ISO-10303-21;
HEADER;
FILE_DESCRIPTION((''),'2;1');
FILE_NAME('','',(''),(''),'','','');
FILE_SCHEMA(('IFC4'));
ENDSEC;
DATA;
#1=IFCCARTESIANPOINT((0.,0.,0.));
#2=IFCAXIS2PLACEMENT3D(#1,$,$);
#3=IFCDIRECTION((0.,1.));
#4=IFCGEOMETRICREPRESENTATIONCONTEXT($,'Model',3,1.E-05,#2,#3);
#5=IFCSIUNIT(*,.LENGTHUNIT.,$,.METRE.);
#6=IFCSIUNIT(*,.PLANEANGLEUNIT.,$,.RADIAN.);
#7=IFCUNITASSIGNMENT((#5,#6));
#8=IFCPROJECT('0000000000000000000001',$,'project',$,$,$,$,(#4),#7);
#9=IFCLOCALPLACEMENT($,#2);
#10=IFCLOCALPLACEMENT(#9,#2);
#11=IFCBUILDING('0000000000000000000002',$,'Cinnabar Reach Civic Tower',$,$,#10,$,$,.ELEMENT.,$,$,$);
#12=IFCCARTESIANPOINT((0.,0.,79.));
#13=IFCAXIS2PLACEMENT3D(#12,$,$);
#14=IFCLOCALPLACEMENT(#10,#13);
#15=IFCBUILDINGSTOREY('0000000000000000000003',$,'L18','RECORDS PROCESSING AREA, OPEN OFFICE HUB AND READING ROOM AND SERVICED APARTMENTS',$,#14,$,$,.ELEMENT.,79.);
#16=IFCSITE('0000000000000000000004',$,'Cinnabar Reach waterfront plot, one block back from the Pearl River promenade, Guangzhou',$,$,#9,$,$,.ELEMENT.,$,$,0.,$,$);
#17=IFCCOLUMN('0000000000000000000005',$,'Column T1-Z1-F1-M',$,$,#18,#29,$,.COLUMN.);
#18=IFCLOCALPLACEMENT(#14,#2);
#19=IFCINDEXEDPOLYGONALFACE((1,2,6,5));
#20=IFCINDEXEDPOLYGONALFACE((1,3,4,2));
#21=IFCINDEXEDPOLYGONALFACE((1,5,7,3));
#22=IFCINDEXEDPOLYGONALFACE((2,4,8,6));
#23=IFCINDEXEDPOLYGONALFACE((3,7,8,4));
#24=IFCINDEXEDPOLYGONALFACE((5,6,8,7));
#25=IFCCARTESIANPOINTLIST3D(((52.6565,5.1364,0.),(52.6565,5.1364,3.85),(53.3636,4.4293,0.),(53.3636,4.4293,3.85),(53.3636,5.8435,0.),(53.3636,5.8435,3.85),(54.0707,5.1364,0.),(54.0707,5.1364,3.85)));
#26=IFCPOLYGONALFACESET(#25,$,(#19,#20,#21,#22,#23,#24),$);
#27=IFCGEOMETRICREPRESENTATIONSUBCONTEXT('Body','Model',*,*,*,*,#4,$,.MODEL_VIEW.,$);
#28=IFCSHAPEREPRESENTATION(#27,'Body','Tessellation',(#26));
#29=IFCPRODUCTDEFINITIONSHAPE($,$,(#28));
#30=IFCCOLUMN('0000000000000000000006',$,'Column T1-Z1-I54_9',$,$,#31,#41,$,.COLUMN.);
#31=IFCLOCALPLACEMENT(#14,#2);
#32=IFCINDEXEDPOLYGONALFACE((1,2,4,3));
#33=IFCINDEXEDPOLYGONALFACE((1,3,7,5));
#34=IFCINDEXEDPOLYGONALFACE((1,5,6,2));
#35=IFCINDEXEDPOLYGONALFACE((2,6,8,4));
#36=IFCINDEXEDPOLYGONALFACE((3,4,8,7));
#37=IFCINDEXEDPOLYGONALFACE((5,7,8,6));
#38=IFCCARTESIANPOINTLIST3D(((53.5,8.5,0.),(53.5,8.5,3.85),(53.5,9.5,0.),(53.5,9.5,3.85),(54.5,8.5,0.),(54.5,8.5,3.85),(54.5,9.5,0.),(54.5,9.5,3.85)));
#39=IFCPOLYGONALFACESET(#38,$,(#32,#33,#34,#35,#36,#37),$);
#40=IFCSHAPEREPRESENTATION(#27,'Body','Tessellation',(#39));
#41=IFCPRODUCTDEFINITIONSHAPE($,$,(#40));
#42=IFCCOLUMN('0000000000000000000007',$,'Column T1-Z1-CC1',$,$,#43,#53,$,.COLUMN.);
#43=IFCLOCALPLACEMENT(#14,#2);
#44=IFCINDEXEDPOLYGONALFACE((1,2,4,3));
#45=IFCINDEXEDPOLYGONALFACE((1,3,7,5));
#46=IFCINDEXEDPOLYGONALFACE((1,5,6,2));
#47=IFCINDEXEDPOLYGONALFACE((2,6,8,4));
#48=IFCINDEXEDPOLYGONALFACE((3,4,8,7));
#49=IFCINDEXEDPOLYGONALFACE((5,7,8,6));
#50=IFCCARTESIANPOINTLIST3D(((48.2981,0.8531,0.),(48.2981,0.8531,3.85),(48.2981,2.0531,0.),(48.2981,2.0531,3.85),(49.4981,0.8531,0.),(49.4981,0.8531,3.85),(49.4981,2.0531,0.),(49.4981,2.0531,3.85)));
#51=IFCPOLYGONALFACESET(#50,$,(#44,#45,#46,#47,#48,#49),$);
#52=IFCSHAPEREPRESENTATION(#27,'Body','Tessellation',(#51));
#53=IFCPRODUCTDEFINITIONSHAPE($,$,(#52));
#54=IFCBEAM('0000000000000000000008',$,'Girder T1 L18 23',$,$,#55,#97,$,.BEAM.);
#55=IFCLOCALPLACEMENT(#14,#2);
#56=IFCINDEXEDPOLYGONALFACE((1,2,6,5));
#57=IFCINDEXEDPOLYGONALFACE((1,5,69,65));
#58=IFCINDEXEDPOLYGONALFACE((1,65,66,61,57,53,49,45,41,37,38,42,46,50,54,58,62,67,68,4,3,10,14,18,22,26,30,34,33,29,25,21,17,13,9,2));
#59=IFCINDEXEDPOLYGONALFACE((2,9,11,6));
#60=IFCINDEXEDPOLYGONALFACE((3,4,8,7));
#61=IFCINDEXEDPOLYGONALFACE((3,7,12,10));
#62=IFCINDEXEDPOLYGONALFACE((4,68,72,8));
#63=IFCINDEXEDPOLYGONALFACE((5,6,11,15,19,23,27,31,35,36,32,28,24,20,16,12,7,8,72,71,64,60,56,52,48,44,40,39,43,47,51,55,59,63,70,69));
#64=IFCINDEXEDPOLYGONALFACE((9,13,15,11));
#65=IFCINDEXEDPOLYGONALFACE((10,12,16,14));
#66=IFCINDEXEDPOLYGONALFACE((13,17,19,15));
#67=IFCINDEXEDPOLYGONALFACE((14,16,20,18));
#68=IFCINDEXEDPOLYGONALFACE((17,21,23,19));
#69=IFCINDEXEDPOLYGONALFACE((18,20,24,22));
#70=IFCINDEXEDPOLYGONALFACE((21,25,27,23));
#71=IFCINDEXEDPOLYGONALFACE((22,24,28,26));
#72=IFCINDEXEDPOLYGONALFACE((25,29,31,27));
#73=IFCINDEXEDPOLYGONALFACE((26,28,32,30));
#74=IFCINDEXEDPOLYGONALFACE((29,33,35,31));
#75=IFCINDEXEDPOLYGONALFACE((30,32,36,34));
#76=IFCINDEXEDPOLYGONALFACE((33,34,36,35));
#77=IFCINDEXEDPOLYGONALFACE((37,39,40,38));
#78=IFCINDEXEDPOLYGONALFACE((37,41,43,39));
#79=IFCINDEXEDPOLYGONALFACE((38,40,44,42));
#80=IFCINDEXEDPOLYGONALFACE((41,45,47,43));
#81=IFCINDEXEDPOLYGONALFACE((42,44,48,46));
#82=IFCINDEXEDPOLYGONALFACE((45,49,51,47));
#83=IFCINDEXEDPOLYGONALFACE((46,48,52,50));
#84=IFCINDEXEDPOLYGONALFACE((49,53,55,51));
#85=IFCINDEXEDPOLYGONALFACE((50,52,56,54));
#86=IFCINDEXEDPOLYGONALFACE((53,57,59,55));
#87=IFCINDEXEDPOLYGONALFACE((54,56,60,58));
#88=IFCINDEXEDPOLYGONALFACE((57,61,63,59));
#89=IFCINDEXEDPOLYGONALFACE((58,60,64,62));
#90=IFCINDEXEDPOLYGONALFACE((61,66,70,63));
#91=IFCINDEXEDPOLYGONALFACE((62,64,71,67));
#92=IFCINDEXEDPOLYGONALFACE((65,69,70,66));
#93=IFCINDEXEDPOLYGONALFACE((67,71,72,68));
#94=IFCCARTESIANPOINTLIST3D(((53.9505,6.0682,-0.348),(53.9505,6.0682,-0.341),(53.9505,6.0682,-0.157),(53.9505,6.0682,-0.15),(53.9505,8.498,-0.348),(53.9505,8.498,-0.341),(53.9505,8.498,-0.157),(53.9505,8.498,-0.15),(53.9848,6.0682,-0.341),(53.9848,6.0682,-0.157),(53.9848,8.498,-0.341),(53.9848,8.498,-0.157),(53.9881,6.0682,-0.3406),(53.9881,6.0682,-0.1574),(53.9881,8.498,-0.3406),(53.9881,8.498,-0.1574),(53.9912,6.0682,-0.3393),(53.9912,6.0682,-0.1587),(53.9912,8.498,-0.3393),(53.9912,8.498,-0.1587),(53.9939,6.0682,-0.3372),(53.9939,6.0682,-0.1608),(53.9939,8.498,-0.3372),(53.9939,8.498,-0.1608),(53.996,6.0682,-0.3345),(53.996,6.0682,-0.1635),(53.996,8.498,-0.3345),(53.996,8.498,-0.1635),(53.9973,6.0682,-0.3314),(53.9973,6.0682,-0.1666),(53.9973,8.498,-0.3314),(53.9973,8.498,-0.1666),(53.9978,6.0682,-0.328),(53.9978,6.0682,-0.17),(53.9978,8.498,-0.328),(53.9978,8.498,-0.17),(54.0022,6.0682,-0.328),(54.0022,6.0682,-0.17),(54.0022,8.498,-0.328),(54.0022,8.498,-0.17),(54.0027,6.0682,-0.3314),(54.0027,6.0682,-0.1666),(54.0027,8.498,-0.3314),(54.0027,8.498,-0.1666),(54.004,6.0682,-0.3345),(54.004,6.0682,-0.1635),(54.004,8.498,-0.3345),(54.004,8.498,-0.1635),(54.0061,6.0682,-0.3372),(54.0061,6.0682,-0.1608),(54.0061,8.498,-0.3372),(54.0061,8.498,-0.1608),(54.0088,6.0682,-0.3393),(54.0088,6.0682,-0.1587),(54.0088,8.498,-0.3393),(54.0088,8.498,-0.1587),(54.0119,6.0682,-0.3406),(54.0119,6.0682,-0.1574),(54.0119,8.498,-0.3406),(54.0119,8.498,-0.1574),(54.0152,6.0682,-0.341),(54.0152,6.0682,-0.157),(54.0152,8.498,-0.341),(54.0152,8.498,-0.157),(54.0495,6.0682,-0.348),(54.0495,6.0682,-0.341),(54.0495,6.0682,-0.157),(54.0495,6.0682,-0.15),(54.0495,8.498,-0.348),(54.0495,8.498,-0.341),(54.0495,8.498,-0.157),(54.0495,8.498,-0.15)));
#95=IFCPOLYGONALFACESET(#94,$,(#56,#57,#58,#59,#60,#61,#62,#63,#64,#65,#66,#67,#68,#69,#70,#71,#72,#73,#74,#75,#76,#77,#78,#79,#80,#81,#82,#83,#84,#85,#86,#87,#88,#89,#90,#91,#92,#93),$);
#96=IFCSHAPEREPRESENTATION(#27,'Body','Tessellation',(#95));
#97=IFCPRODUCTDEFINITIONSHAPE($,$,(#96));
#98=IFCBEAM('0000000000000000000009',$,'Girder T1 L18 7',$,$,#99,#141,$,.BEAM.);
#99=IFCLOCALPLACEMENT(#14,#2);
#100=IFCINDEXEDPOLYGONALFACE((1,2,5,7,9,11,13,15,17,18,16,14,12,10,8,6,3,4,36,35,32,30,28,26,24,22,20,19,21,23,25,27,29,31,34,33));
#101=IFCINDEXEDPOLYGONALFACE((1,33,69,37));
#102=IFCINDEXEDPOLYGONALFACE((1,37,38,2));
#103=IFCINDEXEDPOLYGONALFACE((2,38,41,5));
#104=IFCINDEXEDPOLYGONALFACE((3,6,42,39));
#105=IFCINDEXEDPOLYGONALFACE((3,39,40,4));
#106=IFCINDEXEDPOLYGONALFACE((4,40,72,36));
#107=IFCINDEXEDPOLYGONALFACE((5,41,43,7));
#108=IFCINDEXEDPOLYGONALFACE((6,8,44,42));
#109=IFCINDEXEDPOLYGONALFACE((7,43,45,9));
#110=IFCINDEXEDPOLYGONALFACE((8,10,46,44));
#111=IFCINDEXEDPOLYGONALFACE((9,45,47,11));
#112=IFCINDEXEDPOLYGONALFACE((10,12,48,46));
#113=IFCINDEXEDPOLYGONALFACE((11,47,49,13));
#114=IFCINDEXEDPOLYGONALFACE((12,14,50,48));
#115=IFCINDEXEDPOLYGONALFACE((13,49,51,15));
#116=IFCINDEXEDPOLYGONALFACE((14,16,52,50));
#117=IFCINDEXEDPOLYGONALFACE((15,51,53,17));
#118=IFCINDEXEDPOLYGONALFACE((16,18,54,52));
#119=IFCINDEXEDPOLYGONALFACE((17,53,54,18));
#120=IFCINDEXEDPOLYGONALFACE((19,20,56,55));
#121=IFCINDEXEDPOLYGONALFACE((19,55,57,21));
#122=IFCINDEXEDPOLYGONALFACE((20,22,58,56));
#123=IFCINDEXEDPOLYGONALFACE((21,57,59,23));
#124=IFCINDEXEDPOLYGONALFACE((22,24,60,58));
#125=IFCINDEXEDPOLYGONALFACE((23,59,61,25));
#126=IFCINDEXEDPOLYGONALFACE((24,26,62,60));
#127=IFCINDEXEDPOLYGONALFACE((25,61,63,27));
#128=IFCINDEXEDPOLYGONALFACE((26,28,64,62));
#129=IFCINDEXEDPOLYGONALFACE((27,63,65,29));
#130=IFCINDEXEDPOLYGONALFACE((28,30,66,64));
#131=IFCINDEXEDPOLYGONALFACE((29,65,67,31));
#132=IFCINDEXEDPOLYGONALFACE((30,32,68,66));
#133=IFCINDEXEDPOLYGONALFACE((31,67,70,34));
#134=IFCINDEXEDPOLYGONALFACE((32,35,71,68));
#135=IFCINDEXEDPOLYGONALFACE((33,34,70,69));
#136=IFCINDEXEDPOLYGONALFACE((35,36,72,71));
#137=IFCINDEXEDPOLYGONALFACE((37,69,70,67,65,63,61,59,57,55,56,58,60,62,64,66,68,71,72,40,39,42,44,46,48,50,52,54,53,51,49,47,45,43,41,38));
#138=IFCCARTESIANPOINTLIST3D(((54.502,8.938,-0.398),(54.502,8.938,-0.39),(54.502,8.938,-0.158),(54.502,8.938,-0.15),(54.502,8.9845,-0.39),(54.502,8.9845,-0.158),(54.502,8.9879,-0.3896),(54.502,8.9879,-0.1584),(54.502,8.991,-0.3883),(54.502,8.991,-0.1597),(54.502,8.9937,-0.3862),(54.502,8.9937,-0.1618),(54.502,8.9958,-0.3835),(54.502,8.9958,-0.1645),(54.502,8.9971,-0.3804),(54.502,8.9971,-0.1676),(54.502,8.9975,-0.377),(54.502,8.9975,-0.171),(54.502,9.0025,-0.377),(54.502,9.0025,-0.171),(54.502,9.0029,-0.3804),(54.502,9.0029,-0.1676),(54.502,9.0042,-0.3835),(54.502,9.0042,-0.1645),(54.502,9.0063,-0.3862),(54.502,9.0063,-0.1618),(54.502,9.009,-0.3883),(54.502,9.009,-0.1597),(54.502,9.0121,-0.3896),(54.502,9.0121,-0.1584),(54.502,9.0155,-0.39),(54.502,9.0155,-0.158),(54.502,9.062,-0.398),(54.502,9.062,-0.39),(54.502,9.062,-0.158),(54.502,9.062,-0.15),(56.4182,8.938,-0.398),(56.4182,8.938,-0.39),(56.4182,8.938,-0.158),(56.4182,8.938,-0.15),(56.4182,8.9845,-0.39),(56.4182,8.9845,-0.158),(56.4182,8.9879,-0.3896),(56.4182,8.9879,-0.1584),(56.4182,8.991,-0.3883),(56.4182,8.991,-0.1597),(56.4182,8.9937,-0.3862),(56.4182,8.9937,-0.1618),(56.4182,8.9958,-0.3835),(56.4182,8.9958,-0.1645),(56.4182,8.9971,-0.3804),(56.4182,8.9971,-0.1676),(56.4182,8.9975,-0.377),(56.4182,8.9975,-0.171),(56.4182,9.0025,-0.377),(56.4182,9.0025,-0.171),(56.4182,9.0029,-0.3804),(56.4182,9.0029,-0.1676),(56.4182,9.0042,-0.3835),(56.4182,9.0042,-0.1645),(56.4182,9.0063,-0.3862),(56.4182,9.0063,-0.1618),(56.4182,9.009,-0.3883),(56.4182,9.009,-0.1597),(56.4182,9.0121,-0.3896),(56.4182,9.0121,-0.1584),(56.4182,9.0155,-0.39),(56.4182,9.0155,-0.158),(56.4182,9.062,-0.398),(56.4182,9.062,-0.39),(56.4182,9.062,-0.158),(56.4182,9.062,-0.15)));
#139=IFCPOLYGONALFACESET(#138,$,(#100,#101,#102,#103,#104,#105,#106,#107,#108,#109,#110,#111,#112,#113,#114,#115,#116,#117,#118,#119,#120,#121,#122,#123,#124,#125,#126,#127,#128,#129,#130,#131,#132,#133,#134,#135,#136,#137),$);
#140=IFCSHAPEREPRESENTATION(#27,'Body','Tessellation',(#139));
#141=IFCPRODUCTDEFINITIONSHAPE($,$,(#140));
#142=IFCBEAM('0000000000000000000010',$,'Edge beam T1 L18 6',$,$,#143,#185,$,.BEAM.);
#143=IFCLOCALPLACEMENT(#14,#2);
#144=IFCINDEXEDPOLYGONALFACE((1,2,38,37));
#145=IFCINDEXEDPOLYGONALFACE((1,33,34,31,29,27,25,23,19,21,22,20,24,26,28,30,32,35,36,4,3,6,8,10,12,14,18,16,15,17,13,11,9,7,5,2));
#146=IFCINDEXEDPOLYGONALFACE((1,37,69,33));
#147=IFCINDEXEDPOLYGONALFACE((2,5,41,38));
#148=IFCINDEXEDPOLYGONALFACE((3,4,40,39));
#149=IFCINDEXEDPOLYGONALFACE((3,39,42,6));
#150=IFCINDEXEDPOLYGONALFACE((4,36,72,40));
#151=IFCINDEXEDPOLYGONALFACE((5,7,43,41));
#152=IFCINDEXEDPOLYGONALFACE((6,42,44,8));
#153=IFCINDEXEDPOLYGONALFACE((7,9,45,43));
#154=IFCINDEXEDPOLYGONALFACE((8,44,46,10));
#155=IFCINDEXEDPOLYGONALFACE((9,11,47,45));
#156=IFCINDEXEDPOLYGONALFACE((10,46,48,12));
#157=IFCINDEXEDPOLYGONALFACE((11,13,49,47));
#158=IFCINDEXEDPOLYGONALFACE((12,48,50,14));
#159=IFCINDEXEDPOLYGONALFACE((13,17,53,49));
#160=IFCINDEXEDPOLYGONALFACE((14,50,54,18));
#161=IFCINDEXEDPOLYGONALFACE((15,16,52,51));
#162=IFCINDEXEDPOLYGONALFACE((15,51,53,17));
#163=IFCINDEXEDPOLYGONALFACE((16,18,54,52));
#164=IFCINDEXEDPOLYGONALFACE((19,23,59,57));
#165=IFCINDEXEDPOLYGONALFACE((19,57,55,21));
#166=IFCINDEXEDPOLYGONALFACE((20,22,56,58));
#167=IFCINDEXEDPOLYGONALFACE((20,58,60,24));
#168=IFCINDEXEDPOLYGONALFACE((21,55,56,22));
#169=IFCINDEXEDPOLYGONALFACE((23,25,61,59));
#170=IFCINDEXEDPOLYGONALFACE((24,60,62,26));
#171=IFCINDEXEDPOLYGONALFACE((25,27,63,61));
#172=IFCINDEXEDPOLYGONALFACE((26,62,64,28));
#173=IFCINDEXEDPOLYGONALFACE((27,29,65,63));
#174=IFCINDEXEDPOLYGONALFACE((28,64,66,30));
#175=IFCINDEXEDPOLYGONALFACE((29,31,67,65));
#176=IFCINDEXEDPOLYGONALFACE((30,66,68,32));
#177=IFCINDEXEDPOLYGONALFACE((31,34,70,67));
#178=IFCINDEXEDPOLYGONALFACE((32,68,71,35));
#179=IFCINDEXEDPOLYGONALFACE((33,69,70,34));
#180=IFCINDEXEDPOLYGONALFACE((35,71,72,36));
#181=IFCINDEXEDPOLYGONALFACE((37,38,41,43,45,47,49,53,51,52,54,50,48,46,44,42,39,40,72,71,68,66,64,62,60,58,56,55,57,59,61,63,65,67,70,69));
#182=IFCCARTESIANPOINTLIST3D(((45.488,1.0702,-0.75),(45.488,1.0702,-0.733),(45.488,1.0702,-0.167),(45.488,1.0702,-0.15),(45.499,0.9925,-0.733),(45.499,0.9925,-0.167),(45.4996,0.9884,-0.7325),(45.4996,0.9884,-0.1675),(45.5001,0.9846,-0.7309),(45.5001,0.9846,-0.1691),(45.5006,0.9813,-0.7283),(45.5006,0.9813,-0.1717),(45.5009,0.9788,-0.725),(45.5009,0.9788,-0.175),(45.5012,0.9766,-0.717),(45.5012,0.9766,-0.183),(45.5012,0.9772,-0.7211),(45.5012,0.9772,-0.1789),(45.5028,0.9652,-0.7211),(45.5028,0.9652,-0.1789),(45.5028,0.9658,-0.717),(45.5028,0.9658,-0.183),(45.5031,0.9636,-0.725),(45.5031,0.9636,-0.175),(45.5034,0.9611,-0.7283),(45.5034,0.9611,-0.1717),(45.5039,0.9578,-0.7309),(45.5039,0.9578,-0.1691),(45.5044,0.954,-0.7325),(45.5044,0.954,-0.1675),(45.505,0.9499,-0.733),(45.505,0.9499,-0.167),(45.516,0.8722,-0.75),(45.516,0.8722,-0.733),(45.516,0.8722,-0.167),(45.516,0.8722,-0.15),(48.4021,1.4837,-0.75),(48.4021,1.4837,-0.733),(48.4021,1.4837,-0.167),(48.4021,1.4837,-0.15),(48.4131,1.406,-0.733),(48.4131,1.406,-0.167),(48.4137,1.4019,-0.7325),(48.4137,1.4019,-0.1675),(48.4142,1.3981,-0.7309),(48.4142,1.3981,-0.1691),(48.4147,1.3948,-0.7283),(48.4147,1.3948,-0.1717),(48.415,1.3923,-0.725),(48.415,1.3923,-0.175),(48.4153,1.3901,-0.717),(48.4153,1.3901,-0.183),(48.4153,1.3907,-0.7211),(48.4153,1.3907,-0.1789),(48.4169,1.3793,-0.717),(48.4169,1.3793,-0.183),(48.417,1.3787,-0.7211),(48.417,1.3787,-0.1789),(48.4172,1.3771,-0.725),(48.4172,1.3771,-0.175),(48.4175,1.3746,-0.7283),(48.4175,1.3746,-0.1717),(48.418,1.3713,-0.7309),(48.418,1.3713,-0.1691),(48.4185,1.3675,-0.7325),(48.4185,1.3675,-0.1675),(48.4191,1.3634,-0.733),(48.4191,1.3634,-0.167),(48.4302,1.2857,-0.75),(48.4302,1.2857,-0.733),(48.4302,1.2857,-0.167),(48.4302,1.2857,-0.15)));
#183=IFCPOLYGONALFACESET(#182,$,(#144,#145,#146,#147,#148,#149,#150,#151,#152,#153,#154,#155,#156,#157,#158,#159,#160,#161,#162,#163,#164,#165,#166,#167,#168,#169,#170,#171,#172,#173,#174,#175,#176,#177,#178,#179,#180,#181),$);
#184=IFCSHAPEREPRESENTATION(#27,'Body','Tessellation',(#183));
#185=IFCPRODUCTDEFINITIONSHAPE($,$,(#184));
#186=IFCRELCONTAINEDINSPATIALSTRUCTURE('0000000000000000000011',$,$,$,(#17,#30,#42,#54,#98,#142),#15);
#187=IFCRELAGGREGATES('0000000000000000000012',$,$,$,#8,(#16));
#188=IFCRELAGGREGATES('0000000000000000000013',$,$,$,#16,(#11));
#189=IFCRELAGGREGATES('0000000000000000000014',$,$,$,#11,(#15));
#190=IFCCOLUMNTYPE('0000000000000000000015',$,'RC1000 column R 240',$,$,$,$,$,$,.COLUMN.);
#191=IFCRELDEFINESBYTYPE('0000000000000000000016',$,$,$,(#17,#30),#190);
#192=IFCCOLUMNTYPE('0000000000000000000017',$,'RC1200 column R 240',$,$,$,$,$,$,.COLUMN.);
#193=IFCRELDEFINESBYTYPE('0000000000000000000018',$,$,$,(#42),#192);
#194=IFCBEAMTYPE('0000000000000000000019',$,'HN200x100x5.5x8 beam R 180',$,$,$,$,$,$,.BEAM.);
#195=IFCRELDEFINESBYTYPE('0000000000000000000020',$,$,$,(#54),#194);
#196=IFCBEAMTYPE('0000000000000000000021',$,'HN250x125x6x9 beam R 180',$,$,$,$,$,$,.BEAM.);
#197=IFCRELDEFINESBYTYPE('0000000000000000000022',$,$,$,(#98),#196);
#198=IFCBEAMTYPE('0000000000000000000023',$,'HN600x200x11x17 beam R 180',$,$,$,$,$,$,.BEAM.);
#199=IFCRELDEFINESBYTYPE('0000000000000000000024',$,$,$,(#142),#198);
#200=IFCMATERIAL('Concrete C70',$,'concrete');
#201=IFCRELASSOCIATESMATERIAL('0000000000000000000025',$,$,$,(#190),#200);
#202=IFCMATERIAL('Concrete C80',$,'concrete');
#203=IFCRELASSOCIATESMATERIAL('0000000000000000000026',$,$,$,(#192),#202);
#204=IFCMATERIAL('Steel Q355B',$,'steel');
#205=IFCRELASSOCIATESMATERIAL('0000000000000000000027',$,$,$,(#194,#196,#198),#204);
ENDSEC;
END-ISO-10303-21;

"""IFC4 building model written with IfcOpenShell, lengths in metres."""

from ifc_helpers import new_model, si_unit, direction, frame, origin, origin_2d, place, context, subcontext, project, spatial, rectangle, i_section, extrude, material, material_profile, profile_set, type_object, element, save


model = new_model("IFC4")

# Units and contexts
model_context = context("Model", 3, precision=1e-05, world=origin(), true_north=direction((0.0, 1.0)))
body_context = subcontext(model_context, "Body", "Model", "MODEL_VIEW")
ifc_project = project(units=[si_unit("LENGTHUNIT", "METRE"), si_unit("PLANEANGLEUNIT", "RADIAN")], contexts=[model_context])

# Site, building, storey
site_placement = place(None, origin())
site = spatial("IfcSite", under=ifc_project, at=site_placement, Name="Cinnabar Reach waterfront plot, one block back from the Pearl River promenade, Guangzhou", CompositionType="ELEMENT", RefElevation=0.0)
building_placement = place(site_placement, origin())
building = spatial("IfcBuilding", under=site, at=building_placement, Name="Cinnabar Reach Civic Tower", CompositionType="ELEMENT")
storey_placement = place(building_placement, frame((0.0, 0.0, 79.0)))
storey = spatial("IfcBuildingStorey", under=building, at=storey_placement, Name="L18", Description="RECORDS PROCESSING AREA, OPEN OFFICE HUB AND READING ROOM AND SERVICED APARTMENTS", CompositionType="ELEMENT", Elevation=79.0)

# Columns
ifc_material_1 = material(Name="Concrete C70", Category="concrete")
ifc_material_profile_1 = material_profile(ifc_material_1, rectangle(XDim=1.0, YDim=1.0, at=origin_2d()), Name="RC1000")
ifc_profile_set_1 = profile_set([ifc_material_profile_1], Name="Concrete C70")
column_type_1 = type_object("IfcColumnType", Name="RC1000 column R 240", PredefinedType="COLUMN", material=ifc_profile_set_1)
for number, where, z_axis, x_axis, name in (
    (1, (53.3636, 5.1364, 0.0), (0.0, 0.0, 1.0), (0.707107, 0.707107, 0.0), "Column T1-Z1-F1-M"),
    (2, (54.0, 9.0, 0.0), (0.0, 0.0, 1.0), (1.0, 0.0, 0.0), "Column T1-Z1-I54_9"),
):
    element("IfcColumn", number, at=place(storey_placement, frame(where, z_axis=z_axis, x_axis=x_axis)), inside=storey, type_object=column_type_1, Name=name, PredefinedType="COLUMN", context=body_context, shape_type="SweptSolid", body=[
        extrude(rectangle(XDim=1.0, YDim=1.0, at=origin_2d()), origin(), (0.0, 0.0, 1.0), 3.85),
    ])
ifc_material_2 = material(Name="Concrete C80", Category="concrete")
ifc_material_profile_2 = material_profile(ifc_material_2, rectangle(XDim=1.2, YDim=1.2, at=origin_2d()), Name="RC1200")
ifc_profile_set_2 = profile_set([ifc_material_profile_2], Name="Concrete C80")
column_type_2 = type_object("IfcColumnType", Name="RC1200 column R 240", PredefinedType="COLUMN", material=ifc_profile_set_2)
column_placement = place(storey_placement, frame((48.8981, 1.4531, 0.0), z_axis=(0.0, 0.0, 1.0), x_axis=(1.0, 0.0, 0.0)))
element("IfcColumn", 3, at=column_placement, inside=storey, type_object=column_type_2, Name="Column T1-Z1-CC1", PredefinedType="COLUMN", context=body_context, shape_type="SweptSolid", body=[
    extrude(rectangle(XDim=1.2, YDim=1.2, at=origin_2d()), origin(), (0.0, 0.0, 1.0), 3.85),
])

# Beams
ifc_material_3 = material(Name="Steel Q355B", Category="steel")
ifc_material_profile_3 = material_profile(ifc_material_3, i_section(OverallWidth=0.099, OverallDepth=0.198, WebThickness=0.0045, FlangeThickness=0.007, FilletRadius=0.013, at=origin_2d()), Name="HN200x100x5.5x8")
ifc_profile_set_3 = profile_set([ifc_material_profile_3], Name="Steel Q355B")
beam_type_1 = type_object("IfcBeamType", Name="HN200x100x5.5x8 beam R 180", PredefinedType="BEAM", material=ifc_profile_set_3)
beam_1_placement = place(storey_placement, frame((54.0, 6.0682, -0.249), z_axis=(0.0, 1.0, 0.0), x_axis=(-1.0, 0.0, 0.0)))
element("IfcBeam", 4, at=beam_1_placement, inside=storey, type_object=beam_type_1, Name="Girder T1 L18 23", PredefinedType="BEAM", context=body_context, shape_type="SweptSolid", body=[
    extrude(i_section(OverallWidth=0.099, OverallDepth=0.198, WebThickness=0.0045, FlangeThickness=0.007, FilletRadius=0.013, at=origin_2d()), origin(), (0.0, 0.0, 1.0), 2.4298),
])
ifc_material_profile_4 = material_profile(ifc_material_3, i_section(OverallWidth=0.124, OverallDepth=0.248, WebThickness=0.005, FlangeThickness=0.008, FilletRadius=0.013, at=origin_2d()), Name="HN250x125x6x9")
ifc_profile_set_4 = profile_set([ifc_material_profile_4], Name="Steel Q355B")
beam_type_2 = type_object("IfcBeamType", Name="HN250x125x6x9 beam R 180", PredefinedType="BEAM", material=ifc_profile_set_4)
beam_2_placement = place(storey_placement, frame((54.502, 9.0, -0.274), z_axis=(1.0, 0.0, 0.0), x_axis=(0.0, 1.0, 0.0)))
element("IfcBeam", 5, at=beam_2_placement, inside=storey, type_object=beam_type_2, Name="Girder T1 L18 7", PredefinedType="BEAM", context=body_context, shape_type="SweptSolid", body=[
    extrude(i_section(OverallWidth=0.124, OverallDepth=0.248, WebThickness=0.005, FlangeThickness=0.008, FilletRadius=0.013, at=origin_2d()), origin(), (0.0, 0.0, 1.0), 1.9162),
])
ifc_material_profile_5 = material_profile(ifc_material_3, i_section(OverallWidth=0.2, OverallDepth=0.6, WebThickness=0.011, FlangeThickness=0.017, FilletRadius=0.016, at=origin_2d()), Name="HN600x200x11x17")
ifc_profile_set_5 = profile_set([ifc_material_profile_5], Name="Steel Q355B")
beam_type_3 = type_object("IfcBeamType", Name="HN600x200x11x17 beam R 180", PredefinedType="BEAM", material=ifc_profile_set_5)
beam_3_placement = place(storey_placement, frame((45.502, 0.9712, -0.45), z_axis=(0.990082, 0.140489, 0.0), x_axis=(-0.140489, 0.990082, 0.0)))
element("IfcBeam", 6, at=beam_3_placement, inside=storey, type_object=beam_type_3, Name="Edge beam T1 L18 6", PredefinedType="BEAM", context=body_context, shape_type="SweptSolid", body=[
    extrude(i_section(OverallWidth=0.2, OverallDepth=0.6, WebThickness=0.011, FlangeThickness=0.017, FilletRadius=0.016, at=origin_2d()), origin(), (0.0, 0.0, 1.0), 2.9433),
])

save(model, "model.ifc")
